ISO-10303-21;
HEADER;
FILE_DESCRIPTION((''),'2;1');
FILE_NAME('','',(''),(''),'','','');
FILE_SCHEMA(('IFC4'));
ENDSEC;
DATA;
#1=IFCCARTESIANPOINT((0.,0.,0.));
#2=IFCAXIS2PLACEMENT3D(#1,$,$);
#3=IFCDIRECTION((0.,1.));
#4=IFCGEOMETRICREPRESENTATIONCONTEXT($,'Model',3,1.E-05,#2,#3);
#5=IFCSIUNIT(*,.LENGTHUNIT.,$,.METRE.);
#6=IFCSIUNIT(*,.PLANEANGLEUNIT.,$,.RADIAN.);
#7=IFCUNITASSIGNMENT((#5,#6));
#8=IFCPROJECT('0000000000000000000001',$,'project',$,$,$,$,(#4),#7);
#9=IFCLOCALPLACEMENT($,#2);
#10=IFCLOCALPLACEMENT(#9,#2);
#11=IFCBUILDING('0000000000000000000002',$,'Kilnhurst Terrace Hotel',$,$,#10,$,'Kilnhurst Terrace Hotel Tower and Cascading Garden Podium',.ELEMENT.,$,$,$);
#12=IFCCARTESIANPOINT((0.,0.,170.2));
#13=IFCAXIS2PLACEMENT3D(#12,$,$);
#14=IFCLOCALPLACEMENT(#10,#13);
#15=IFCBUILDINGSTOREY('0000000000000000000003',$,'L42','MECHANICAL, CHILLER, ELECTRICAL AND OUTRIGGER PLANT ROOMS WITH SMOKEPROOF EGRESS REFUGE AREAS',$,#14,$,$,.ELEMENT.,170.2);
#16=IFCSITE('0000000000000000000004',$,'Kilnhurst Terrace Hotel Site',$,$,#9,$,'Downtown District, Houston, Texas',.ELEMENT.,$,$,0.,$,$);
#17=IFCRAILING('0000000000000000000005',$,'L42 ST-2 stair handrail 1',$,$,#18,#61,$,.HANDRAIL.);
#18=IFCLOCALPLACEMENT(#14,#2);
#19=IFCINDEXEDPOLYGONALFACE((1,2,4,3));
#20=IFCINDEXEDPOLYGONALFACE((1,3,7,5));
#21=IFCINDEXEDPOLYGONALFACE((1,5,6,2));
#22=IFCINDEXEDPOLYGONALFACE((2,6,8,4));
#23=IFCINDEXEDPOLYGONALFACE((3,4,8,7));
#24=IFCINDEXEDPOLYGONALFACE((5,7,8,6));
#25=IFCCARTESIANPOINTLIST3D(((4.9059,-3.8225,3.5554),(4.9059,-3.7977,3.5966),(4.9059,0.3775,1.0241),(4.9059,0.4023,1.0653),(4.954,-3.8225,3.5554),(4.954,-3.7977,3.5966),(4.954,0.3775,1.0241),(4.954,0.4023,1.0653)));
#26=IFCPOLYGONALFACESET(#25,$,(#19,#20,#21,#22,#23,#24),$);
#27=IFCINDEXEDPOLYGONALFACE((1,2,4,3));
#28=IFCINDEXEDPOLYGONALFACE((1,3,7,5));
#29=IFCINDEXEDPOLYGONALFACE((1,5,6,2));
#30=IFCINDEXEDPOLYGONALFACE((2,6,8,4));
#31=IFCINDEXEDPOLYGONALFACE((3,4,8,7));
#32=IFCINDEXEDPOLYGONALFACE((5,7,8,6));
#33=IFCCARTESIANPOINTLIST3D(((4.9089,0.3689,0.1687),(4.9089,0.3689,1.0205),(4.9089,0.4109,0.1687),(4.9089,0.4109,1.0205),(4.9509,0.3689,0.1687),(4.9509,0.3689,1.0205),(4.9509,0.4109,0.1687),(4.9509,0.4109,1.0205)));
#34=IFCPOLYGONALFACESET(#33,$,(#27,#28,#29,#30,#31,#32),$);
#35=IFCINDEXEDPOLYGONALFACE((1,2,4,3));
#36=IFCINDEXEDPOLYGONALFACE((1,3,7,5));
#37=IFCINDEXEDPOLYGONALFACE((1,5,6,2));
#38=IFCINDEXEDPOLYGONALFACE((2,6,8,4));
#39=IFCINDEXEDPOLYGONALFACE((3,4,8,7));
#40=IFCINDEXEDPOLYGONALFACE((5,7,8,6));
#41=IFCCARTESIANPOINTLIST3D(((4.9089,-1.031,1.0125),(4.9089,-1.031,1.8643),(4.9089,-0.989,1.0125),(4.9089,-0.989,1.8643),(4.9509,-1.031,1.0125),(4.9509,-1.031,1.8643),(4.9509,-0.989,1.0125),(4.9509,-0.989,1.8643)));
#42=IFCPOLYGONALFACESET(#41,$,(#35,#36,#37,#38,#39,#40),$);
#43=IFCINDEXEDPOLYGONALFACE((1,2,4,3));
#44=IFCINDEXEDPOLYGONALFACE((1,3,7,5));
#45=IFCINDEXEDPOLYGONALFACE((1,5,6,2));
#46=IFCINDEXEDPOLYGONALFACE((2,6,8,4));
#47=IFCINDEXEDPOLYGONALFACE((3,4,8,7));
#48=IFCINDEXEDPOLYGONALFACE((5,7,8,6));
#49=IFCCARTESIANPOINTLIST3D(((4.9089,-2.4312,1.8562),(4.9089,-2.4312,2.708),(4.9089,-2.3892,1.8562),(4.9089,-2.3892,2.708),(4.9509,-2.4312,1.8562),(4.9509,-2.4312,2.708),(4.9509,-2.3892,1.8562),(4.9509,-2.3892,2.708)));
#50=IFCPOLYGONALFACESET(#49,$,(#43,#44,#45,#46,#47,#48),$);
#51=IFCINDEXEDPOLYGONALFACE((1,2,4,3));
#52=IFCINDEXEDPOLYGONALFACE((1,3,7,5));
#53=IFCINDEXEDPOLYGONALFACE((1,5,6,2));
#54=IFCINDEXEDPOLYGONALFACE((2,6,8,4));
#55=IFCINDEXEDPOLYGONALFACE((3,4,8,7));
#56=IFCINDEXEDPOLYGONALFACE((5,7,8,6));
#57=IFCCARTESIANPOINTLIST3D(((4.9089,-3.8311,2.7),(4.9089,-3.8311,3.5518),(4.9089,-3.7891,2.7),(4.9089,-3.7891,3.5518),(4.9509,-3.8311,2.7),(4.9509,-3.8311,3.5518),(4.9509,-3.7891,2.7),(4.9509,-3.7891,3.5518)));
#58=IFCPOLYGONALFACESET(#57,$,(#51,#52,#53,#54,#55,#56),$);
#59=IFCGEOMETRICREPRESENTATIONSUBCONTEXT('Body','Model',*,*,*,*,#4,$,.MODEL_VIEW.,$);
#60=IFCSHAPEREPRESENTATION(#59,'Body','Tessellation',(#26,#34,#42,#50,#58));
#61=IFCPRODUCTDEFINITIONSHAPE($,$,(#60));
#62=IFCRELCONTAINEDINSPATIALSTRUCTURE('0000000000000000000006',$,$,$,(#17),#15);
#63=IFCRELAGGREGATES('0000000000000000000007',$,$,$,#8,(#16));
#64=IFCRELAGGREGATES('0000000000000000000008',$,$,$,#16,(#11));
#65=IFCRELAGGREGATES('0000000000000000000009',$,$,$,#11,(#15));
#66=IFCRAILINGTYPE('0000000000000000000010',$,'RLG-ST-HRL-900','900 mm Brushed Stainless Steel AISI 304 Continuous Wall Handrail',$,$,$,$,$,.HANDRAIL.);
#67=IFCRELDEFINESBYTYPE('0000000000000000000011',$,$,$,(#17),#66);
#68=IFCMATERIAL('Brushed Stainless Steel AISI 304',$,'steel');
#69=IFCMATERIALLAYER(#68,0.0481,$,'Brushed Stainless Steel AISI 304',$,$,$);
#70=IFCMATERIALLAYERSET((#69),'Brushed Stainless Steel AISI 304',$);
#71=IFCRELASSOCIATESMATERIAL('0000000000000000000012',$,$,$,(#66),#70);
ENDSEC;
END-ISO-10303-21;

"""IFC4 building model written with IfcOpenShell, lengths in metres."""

from ifc_helpers import new_model, si_unit, direction, frame, origin, origin_2d, place, context, subcontext, project, spatial, rectangle, extrude, material, layer, layer_set, type_object, element, save


model = new_model("IFC4")

# Units and contexts
model_context = context("Model", 3, precision=1e-05, world=origin(), true_north=direction((0.0, 1.0)))
body_context = subcontext(model_context, "Body", "Model", "MODEL_VIEW")
ifc_project = project(units=[si_unit("LENGTHUNIT", "METRE"), si_unit("PLANEANGLEUNIT", "RADIAN")], contexts=[model_context])

# Site, building, storey
site_placement = place(None, origin())
site = spatial("IfcSite", under=ifc_project, at=site_placement, Name="Kilnhurst Terrace Hotel Site", LongName="Downtown District, Houston, Texas", CompositionType="ELEMENT", RefElevation=0.0)
building_placement = place(site_placement, origin())
building = spatial("IfcBuilding", under=site, at=building_placement, Name="Kilnhurst Terrace Hotel", LongName="Kilnhurst Terrace Hotel Tower and Cascading Garden Podium", CompositionType="ELEMENT")
storey_placement = place(building_placement, frame((0.0, 0.0, 170.2)))
storey = spatial("IfcBuildingStorey", under=building, at=storey_placement, Name="L42", Description="MECHANICAL, CHILLER, ELECTRICAL AND OUTRIGGER PLANT ROOMS WITH SMOKEPROOF EGRESS REFUGE AREAS", CompositionType="ELEMENT", Elevation=170.2)

# Railing
ifc_material_1 = material(Name="Brushed Stainless Steel AISI 304", Category="steel")
ifc_layer_1 = layer(ifc_material_1, 0.0481, Name="Brushed Stainless Steel AISI 304")
ifc_layer_set_1 = layer_set([ifc_layer_1], Name="Brushed Stainless Steel AISI 304")
railing_type_1 = type_object("IfcRailingType", Name="RLG-ST-HRL-900", Description="900 mm Brushed Stainless Steel AISI 304 Continuous Wall Handrail", PredefinedType="HANDRAIL", material=ifc_layer_set_1)
railing_1_placement = place(storey_placement, frame((4.9299, 0.3899, 0.1687)))
element("IfcRailing", 1, at=railing_1_placement, inside=storey, type_object=railing_type_1, Name="L42 ST-2 stair handrail 1", PredefinedType="HANDRAIL", context=body_context, shape_type="SweptSolid", body=[
    extrude(rectangle(XDim=0.0481, YDim=0.0481, at=origin_2d()), frame((0.0, 0.0, 0.876), z_axis=(0.0, -0.856476, 0.516186), x_axis=(1.0, 0.0, 0.0)), (0.0, 0.0, 1.0), 4.9038),
    extrude(rectangle(XDim=0.042, YDim=0.042, at=origin_2d()), origin(), (0.0, 0.0, 1.0), 0.8518),
    extrude(rectangle(XDim=0.042, YDim=0.042, at=origin_2d()), frame((0.0, -1.3999, 0.8438)), (0.0, 0.0, 1.0), 0.8518),
    extrude(rectangle(XDim=0.042, YDim=0.042, at=origin_2d()), frame((0.0, -2.8, 1.6875)), (0.0, 0.0, 1.0), 0.8518),
    extrude(rectangle(XDim=0.042, YDim=0.042, at=origin_2d()), frame((0.0, -4.2, 2.5312)), (0.0, 0.0, 1.0), 0.8518),
])

save(model, "model.ifc")
